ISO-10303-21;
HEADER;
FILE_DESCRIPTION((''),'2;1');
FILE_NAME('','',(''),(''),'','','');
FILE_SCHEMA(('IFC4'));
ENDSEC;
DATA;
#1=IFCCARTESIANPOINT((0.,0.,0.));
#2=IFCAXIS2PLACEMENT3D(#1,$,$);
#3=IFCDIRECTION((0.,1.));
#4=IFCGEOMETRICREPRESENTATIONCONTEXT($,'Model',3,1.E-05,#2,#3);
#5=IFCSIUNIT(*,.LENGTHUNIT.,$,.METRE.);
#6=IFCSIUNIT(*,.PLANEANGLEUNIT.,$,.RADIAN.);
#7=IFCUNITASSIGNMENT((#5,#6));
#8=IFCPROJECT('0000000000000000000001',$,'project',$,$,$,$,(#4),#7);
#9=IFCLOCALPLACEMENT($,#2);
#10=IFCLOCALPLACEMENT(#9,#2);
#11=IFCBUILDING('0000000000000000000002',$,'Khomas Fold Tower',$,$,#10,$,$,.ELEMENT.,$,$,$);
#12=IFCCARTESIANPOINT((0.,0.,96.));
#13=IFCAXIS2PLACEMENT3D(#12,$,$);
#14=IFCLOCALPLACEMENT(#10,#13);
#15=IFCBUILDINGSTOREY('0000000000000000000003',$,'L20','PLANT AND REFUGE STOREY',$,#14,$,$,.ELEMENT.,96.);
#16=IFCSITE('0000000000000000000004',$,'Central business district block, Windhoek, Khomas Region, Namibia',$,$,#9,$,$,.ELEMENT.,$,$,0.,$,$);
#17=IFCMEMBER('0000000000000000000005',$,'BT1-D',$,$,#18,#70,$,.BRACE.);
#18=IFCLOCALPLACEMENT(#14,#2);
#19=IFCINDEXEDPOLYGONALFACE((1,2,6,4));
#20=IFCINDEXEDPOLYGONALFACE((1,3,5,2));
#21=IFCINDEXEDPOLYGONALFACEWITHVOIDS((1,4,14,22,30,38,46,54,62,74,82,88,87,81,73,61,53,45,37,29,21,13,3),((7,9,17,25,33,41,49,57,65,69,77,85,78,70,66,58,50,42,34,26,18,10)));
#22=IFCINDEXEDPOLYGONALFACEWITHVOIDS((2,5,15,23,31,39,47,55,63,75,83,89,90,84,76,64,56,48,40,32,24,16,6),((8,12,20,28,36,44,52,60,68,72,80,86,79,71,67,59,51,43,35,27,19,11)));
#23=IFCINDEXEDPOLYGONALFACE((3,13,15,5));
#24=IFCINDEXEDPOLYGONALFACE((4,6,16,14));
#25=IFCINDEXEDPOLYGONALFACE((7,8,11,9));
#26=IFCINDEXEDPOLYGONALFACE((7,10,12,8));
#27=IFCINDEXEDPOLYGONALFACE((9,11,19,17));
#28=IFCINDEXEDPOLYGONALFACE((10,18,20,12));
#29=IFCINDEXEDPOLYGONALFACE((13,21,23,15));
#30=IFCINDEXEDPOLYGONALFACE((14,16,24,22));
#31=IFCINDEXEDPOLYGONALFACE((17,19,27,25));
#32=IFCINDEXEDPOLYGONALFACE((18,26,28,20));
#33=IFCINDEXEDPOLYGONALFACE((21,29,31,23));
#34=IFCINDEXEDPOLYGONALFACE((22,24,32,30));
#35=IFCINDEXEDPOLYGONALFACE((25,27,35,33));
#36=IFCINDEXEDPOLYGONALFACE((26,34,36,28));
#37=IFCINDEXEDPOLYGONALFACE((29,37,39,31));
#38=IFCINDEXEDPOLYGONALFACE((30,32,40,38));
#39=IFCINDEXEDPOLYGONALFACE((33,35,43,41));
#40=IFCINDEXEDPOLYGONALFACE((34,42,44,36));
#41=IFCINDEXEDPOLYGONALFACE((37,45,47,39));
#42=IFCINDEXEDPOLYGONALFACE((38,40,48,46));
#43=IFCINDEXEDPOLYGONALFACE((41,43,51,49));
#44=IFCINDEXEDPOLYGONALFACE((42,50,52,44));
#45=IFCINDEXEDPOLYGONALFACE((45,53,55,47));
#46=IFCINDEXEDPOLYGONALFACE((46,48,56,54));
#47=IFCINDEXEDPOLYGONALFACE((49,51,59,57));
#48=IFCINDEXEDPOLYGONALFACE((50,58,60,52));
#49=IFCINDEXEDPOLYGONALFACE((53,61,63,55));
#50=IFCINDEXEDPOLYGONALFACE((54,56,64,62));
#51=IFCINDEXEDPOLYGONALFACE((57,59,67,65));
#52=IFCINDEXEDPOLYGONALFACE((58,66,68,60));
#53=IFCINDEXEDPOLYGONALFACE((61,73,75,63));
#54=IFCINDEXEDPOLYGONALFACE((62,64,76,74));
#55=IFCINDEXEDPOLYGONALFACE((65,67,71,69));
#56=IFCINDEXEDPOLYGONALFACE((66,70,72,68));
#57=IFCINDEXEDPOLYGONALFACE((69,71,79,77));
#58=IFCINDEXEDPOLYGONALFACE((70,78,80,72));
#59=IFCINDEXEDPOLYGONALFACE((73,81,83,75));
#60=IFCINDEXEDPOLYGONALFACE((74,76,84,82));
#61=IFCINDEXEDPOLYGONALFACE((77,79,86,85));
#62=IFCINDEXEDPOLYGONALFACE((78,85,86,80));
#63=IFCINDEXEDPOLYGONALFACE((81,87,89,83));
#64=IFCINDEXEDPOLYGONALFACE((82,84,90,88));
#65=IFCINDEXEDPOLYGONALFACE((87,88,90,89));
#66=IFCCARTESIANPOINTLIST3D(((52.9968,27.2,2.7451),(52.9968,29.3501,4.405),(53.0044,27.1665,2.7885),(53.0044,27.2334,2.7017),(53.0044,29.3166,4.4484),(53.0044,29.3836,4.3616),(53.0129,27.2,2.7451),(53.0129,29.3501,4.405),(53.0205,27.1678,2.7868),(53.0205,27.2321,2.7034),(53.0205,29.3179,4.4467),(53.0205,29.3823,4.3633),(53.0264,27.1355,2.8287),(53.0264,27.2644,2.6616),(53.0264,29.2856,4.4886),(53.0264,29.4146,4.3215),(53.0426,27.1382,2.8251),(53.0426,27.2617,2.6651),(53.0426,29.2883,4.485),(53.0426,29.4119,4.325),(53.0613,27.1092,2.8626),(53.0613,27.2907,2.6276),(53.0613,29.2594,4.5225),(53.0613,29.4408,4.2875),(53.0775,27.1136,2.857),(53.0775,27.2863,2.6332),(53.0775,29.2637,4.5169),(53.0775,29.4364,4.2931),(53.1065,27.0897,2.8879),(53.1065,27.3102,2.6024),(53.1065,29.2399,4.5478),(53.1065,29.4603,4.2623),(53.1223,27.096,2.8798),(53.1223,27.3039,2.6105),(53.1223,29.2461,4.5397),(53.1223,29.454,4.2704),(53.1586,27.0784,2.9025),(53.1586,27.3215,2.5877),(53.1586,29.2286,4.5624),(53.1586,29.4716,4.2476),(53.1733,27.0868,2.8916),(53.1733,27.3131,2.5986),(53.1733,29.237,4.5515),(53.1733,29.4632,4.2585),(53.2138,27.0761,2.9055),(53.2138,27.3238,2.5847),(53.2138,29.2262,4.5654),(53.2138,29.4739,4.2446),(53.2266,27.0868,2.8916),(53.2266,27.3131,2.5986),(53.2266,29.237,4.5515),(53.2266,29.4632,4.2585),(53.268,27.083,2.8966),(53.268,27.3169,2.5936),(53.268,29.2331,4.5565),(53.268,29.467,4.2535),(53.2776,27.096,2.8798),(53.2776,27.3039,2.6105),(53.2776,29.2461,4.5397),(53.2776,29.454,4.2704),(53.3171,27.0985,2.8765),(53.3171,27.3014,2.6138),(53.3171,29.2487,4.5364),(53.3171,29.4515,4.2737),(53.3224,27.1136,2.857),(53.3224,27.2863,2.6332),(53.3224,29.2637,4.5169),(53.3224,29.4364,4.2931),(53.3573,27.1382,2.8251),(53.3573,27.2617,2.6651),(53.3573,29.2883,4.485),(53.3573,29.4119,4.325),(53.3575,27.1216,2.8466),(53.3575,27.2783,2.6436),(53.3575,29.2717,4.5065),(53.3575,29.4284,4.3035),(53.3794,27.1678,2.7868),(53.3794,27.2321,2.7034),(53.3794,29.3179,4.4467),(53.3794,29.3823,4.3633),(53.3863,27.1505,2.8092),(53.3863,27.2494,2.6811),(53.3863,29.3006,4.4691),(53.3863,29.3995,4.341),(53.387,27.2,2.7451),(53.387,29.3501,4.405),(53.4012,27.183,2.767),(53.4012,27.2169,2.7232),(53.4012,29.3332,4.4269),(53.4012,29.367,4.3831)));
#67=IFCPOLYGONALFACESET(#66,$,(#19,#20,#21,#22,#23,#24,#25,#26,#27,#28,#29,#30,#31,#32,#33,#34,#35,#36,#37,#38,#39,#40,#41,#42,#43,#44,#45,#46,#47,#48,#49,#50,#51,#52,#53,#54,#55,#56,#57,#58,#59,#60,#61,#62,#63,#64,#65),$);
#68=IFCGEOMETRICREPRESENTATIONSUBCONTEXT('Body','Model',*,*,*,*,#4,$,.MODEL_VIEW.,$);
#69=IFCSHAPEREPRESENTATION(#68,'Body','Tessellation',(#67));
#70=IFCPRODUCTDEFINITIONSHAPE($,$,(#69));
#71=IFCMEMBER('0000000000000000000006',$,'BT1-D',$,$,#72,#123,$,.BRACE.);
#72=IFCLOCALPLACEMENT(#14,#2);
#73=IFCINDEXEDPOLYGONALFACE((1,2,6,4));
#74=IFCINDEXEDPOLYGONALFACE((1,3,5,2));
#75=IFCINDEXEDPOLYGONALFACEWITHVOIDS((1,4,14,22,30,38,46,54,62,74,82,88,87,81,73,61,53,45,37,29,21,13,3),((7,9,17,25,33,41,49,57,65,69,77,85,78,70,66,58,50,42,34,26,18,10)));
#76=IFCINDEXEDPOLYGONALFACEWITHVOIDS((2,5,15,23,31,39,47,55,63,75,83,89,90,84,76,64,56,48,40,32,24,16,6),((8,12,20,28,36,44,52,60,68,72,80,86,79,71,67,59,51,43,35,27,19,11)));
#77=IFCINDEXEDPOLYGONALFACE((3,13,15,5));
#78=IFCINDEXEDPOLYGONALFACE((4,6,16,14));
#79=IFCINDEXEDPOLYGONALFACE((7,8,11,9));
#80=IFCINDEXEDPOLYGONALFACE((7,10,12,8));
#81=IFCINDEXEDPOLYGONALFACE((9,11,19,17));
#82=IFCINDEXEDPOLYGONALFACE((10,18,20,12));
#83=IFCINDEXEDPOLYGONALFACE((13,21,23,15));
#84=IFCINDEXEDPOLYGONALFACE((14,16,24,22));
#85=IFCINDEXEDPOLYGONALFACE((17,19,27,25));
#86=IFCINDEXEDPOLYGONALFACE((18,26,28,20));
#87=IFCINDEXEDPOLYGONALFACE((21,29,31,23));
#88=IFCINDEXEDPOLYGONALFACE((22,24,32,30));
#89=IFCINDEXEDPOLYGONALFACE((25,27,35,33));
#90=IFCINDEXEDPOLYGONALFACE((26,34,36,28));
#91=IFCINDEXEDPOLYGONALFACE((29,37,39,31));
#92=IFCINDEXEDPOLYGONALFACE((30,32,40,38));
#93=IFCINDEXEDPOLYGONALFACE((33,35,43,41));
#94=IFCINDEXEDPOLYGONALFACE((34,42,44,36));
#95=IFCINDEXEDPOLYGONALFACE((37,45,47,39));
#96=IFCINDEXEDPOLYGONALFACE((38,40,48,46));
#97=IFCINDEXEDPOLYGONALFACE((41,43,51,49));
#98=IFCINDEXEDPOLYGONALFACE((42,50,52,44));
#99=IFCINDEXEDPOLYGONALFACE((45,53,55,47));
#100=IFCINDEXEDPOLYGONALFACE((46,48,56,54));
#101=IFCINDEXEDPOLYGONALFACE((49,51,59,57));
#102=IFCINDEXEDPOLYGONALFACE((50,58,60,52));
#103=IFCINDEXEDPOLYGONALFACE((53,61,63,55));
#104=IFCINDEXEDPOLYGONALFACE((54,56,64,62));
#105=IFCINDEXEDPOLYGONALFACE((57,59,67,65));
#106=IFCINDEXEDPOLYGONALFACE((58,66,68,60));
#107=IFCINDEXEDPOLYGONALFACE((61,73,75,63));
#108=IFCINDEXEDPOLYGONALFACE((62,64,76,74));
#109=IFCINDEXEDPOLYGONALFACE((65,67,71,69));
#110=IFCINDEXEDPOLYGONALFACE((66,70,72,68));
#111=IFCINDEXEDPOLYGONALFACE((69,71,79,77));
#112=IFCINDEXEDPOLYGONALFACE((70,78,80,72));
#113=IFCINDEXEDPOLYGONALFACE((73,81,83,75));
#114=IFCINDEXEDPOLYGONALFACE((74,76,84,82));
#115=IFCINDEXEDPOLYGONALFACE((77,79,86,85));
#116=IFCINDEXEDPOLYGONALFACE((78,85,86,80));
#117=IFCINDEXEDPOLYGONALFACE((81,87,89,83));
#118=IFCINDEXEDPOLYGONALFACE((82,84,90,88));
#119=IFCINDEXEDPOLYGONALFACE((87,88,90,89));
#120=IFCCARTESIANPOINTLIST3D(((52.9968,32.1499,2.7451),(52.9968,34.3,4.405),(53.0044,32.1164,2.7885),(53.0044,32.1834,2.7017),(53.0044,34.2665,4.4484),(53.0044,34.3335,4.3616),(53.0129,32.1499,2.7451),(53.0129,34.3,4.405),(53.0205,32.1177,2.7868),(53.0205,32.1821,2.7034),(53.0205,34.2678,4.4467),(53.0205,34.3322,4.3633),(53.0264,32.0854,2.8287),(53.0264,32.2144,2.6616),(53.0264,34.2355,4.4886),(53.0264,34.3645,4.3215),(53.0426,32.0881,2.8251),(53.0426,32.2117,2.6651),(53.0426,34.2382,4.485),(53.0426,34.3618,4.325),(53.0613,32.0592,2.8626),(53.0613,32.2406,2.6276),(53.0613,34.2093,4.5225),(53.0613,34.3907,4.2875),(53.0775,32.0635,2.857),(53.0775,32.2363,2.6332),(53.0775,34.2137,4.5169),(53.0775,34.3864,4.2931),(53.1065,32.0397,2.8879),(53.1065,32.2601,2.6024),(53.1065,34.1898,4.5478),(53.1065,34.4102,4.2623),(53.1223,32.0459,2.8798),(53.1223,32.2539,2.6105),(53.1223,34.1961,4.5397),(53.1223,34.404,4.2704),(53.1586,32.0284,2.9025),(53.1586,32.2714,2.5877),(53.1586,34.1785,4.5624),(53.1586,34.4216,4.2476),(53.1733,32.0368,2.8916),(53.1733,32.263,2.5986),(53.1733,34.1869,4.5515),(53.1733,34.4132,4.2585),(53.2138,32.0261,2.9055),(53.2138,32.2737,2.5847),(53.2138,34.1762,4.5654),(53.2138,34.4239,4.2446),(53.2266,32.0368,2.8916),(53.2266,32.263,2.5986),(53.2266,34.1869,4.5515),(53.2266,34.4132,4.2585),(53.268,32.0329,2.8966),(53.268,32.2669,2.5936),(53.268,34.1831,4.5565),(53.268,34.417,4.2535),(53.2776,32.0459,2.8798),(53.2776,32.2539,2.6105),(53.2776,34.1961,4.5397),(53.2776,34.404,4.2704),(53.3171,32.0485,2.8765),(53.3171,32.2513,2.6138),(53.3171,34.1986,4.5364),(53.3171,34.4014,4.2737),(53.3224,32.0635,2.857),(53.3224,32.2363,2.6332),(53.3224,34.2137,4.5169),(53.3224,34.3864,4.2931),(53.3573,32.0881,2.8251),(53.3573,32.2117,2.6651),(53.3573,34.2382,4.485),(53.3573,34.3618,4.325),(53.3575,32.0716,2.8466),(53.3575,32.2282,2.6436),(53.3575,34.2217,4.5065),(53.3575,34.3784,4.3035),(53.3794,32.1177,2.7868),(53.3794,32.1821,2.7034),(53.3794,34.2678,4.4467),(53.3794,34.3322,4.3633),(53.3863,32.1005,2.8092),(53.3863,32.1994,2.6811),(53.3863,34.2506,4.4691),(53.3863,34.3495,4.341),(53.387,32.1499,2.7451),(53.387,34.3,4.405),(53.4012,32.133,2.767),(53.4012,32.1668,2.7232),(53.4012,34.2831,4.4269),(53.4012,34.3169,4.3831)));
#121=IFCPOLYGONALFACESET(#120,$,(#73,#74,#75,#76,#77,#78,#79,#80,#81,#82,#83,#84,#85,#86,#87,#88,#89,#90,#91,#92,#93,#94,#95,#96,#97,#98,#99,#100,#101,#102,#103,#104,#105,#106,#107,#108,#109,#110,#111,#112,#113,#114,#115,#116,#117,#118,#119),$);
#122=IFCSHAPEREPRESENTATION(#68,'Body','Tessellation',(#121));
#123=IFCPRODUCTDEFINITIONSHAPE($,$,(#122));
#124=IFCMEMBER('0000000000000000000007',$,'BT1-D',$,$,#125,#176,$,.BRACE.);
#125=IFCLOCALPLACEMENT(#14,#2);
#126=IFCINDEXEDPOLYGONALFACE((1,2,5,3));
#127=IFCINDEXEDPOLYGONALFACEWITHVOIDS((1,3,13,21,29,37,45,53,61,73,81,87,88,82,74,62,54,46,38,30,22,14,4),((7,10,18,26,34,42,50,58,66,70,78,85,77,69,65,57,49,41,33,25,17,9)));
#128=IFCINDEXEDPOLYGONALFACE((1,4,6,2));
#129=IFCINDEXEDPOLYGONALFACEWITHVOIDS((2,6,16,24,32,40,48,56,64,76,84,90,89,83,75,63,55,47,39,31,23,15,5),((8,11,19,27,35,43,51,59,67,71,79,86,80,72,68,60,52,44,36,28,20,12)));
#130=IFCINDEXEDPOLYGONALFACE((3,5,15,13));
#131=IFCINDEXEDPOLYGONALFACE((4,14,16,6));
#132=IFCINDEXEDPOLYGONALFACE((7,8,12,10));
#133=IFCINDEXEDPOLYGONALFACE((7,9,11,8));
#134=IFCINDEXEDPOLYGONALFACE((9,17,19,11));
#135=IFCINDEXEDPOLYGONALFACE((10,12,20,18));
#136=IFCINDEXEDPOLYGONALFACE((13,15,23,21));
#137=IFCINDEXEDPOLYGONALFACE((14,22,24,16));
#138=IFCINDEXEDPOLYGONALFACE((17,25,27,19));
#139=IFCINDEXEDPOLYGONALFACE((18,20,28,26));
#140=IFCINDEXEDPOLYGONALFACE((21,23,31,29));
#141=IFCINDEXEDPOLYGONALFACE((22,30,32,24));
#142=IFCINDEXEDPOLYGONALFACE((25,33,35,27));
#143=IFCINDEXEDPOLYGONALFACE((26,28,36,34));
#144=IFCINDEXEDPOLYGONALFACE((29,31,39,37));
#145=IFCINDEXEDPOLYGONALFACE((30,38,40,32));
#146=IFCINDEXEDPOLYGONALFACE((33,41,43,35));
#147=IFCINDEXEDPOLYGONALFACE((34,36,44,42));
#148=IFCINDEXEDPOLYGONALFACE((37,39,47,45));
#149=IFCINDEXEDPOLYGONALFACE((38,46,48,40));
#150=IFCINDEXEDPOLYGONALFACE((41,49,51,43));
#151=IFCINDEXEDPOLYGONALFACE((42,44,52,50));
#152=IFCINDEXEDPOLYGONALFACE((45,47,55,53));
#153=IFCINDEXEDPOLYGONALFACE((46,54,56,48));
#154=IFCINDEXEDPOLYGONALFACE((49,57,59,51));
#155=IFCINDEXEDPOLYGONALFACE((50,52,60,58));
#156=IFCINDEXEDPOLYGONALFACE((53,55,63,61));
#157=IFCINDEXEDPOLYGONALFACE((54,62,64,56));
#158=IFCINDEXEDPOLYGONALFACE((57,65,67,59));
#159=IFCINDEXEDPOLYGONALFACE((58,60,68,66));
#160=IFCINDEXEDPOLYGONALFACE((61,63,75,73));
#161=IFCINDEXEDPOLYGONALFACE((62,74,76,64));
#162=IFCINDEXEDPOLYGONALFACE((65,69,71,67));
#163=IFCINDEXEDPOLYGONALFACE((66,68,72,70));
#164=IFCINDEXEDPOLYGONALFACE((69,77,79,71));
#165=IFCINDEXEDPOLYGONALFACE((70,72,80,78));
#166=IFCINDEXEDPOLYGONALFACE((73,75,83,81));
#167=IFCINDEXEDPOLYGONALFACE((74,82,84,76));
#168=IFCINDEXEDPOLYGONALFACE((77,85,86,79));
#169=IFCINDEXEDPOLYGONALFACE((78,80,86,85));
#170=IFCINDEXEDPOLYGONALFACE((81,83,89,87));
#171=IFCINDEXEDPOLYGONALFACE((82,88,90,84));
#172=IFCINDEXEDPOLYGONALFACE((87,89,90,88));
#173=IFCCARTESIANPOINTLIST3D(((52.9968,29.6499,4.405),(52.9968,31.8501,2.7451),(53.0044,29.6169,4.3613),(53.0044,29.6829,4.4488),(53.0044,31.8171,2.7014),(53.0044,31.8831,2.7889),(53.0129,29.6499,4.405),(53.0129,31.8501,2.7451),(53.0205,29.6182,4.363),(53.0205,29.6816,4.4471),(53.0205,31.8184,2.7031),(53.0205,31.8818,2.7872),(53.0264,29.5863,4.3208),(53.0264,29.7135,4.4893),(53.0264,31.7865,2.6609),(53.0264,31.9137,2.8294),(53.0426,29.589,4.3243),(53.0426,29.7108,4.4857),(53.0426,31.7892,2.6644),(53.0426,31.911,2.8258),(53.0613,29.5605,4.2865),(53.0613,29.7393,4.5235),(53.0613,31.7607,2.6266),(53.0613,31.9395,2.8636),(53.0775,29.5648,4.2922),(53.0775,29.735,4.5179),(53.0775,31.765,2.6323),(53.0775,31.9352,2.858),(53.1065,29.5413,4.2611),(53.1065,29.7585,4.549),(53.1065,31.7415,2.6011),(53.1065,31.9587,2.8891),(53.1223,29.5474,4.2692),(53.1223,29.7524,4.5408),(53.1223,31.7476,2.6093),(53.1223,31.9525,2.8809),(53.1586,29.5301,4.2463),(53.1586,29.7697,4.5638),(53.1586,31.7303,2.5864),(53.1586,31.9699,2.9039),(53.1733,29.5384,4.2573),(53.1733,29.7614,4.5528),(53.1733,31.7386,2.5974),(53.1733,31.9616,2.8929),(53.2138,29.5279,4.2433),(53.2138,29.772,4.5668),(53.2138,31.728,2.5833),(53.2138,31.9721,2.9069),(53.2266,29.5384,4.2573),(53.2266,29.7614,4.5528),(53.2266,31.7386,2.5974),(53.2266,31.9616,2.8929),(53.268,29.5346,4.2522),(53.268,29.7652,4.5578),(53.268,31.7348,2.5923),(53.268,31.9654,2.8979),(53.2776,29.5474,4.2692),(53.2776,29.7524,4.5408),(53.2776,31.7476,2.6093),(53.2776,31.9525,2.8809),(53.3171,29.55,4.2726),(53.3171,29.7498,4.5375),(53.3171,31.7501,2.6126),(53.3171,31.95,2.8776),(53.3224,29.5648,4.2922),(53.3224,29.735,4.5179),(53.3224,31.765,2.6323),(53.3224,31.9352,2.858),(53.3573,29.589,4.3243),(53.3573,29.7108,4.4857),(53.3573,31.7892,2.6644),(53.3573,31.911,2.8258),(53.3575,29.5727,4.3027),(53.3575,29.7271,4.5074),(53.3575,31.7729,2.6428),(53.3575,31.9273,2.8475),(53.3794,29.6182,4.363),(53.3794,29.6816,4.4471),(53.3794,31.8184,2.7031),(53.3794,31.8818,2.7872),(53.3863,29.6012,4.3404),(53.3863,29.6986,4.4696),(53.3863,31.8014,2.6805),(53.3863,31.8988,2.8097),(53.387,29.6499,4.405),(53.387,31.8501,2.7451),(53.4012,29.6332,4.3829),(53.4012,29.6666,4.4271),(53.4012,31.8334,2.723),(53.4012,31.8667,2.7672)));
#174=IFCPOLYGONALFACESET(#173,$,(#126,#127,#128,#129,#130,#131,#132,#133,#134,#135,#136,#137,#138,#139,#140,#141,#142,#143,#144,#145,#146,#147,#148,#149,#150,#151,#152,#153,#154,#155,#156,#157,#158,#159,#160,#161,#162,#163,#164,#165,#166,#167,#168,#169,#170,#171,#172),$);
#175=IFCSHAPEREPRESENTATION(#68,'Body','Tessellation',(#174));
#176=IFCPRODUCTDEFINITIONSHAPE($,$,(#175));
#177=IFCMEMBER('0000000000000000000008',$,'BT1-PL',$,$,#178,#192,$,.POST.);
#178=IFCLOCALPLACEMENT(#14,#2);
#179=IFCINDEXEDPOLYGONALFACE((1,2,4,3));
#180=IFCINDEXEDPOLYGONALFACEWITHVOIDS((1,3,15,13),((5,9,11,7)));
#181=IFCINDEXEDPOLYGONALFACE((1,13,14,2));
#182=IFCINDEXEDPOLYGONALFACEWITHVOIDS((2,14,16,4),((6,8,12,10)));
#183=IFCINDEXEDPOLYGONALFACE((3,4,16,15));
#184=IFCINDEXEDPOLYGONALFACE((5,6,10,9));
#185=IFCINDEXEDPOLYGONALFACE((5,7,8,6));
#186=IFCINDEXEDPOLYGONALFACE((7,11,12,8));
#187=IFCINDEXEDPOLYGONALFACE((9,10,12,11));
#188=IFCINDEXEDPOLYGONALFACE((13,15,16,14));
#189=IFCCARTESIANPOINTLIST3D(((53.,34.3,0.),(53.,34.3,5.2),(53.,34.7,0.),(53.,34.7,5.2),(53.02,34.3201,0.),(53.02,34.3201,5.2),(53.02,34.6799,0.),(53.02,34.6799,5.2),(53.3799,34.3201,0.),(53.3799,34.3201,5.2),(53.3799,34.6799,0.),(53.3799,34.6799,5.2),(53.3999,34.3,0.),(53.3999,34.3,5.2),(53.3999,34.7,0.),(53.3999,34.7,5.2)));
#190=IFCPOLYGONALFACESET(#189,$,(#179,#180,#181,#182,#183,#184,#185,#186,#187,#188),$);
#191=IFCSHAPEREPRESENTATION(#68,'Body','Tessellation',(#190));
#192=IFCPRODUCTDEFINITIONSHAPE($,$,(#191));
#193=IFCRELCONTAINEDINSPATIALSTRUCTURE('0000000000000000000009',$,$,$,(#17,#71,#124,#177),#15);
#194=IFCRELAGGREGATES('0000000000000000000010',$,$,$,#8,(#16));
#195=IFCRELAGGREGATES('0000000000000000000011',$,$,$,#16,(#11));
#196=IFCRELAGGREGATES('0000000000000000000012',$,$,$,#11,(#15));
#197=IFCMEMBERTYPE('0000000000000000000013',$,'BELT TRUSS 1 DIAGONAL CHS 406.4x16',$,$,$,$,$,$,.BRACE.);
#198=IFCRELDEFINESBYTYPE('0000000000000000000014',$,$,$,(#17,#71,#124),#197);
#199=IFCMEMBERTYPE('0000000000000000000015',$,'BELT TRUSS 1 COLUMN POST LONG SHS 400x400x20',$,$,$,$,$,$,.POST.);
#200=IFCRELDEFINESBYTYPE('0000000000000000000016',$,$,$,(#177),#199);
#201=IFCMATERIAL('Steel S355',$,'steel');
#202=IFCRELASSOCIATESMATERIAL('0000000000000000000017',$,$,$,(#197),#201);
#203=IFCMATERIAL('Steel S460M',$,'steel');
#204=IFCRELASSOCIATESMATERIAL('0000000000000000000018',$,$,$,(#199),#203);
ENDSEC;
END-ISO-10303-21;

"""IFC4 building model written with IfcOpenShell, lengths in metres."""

from ifc_helpers import new_model, si_unit, direction, frame, origin, origin_2d, place, context, subcontext, project, spatial, hollow_rectangle, hollow_circle, extrude, source, transform, mapped, material, material_profile, profile_set, type_object, element, save


model = new_model("IFC4")

# Units and contexts
model_context = context("Model", 3, precision=1e-05, world=origin(), true_north=direction((0.0, 1.0)))
body_context = subcontext(model_context, "Body", "Model", "MODEL_VIEW")
ifc_project = project(units=[si_unit("LENGTHUNIT", "METRE"), si_unit("PLANEANGLEUNIT", "RADIAN")], contexts=[model_context])

# Site, building, storey
site_placement = place(None, origin())
site = spatial("IfcSite", under=ifc_project, at=site_placement, Name="Central business district block, Windhoek, Khomas Region, Namibia", CompositionType="ELEMENT", RefElevation=0.0)
building_placement = place(site_placement, origin())
building = spatial("IfcBuilding", under=site, at=building_placement, Name="Khomas Fold Tower", CompositionType="ELEMENT")
storey_placement = place(building_placement, frame((0.0, 0.0, 96.0)))
storey = spatial("IfcBuildingStorey", under=building, at=storey_placement, Name="L20", Description="PLANT AND REFUGE STOREY", CompositionType="ELEMENT", Elevation=96.0)

# Members
ifc_material_1 = material(Name="Steel S355", Category="steel")
ifc_material_profile_1 = material_profile(ifc_material_1, hollow_circle(Radius=0.2031, WallThickness=0.0161, at=origin_2d()), Name="CHS 406.4x16")
ifc_profile_set_1 = profile_set([ifc_material_profile_1], Name="Steel S355")
member_type_1 = type_object("IfcMemberType", Name="BELT TRUSS 1 DIAGONAL CHS 406.4x16", PredefinedType="BRACE", material=ifc_profile_set_1)
shared_shape_1 = source(origin(), body_context, "Body", "SweptSolid", [
    extrude(hollow_circle(Radius=0.2031, WallThickness=0.0161, at=origin_2d()), origin(), (0.0, 0.0, 1.0), 2.7163),
])
for number, where, z_axis, x_axis, name in (
    (1, (53.2, 27.2, 2.7451), (0.0, 0.791564, 0.611087), (-1.0, 0.0, 0.0), "BT1-D"),
    (2, (53.2, 32.1499, 2.7451), (0.0, 0.791564, 0.611087), (-1.0, 0.0, 0.0), "BT1-D"),
):
    element("IfcMember", number, at=place(storey_placement, frame(where, z_axis=z_axis, x_axis=x_axis)), inside=storey, type_object=member_type_1, Name=name, PredefinedType="BRACE", context=body_context, shape_type="MappedRepresentation", body=[
        mapped(shared_shape_1, transform((0.0, 0.0, 0.0))),
    ])
shared_shape_2 = source(origin(), body_context, "Body", "SweptSolid", [
    extrude(hollow_circle(Radius=0.2031, WallThickness=0.0161, at=origin_2d()), origin(), (0.0, 0.0, 1.0), 2.7561),
])
member_1_placement = place(storey_placement, frame((53.2, 29.6499, 4.405), z_axis=(0.0, 0.798296, -0.602265), x_axis=(-1.0, 0.0, 0.0)))
element("IfcMember", 3, at=member_1_placement, inside=storey, type_object=member_type_1, Name="BT1-D", PredefinedType="BRACE", context=body_context, shape_type="MappedRepresentation", body=[
    mapped(shared_shape_2, transform((0.0, 0.0, 0.0))),
])
ifc_material_2 = material(Name="Steel S460M", Category="steel")
ifc_material_profile_2 = material_profile(ifc_material_2, hollow_rectangle(XDim=0.3999, YDim=0.3999, WallThickness=0.02, at=origin_2d()), Name="SHS 400x400x20")
ifc_profile_set_2 = profile_set([ifc_material_profile_2], Name="Steel S460M")
member_type_2 = type_object("IfcMemberType", Name="BELT TRUSS 1 COLUMN POST LONG SHS 400x400x20", PredefinedType="POST", material=ifc_profile_set_2)
shared_shape_3 = source(origin(), body_context, "Body", "SweptSolid", [
    extrude(hollow_rectangle(XDim=0.3999, YDim=0.3999, WallThickness=0.02, at=origin_2d()), origin(), (0.0, 0.0, 1.0), 5.2),
])
member_2_placement = place(storey_placement, frame((53.2, 34.5, 0.0), z_axis=(0.0, 0.0, 1.0), x_axis=(1.0, 0.0, 0.0)))
element("IfcMember", 4, at=member_2_placement, inside=storey, type_object=member_type_2, Name="BT1-PL", PredefinedType="POST", context=body_context, shape_type="MappedRepresentation", body=[
    mapped(shared_shape_3, transform((0.0, 0.0, 0.0))),
])

save(model, "model.ifc")
